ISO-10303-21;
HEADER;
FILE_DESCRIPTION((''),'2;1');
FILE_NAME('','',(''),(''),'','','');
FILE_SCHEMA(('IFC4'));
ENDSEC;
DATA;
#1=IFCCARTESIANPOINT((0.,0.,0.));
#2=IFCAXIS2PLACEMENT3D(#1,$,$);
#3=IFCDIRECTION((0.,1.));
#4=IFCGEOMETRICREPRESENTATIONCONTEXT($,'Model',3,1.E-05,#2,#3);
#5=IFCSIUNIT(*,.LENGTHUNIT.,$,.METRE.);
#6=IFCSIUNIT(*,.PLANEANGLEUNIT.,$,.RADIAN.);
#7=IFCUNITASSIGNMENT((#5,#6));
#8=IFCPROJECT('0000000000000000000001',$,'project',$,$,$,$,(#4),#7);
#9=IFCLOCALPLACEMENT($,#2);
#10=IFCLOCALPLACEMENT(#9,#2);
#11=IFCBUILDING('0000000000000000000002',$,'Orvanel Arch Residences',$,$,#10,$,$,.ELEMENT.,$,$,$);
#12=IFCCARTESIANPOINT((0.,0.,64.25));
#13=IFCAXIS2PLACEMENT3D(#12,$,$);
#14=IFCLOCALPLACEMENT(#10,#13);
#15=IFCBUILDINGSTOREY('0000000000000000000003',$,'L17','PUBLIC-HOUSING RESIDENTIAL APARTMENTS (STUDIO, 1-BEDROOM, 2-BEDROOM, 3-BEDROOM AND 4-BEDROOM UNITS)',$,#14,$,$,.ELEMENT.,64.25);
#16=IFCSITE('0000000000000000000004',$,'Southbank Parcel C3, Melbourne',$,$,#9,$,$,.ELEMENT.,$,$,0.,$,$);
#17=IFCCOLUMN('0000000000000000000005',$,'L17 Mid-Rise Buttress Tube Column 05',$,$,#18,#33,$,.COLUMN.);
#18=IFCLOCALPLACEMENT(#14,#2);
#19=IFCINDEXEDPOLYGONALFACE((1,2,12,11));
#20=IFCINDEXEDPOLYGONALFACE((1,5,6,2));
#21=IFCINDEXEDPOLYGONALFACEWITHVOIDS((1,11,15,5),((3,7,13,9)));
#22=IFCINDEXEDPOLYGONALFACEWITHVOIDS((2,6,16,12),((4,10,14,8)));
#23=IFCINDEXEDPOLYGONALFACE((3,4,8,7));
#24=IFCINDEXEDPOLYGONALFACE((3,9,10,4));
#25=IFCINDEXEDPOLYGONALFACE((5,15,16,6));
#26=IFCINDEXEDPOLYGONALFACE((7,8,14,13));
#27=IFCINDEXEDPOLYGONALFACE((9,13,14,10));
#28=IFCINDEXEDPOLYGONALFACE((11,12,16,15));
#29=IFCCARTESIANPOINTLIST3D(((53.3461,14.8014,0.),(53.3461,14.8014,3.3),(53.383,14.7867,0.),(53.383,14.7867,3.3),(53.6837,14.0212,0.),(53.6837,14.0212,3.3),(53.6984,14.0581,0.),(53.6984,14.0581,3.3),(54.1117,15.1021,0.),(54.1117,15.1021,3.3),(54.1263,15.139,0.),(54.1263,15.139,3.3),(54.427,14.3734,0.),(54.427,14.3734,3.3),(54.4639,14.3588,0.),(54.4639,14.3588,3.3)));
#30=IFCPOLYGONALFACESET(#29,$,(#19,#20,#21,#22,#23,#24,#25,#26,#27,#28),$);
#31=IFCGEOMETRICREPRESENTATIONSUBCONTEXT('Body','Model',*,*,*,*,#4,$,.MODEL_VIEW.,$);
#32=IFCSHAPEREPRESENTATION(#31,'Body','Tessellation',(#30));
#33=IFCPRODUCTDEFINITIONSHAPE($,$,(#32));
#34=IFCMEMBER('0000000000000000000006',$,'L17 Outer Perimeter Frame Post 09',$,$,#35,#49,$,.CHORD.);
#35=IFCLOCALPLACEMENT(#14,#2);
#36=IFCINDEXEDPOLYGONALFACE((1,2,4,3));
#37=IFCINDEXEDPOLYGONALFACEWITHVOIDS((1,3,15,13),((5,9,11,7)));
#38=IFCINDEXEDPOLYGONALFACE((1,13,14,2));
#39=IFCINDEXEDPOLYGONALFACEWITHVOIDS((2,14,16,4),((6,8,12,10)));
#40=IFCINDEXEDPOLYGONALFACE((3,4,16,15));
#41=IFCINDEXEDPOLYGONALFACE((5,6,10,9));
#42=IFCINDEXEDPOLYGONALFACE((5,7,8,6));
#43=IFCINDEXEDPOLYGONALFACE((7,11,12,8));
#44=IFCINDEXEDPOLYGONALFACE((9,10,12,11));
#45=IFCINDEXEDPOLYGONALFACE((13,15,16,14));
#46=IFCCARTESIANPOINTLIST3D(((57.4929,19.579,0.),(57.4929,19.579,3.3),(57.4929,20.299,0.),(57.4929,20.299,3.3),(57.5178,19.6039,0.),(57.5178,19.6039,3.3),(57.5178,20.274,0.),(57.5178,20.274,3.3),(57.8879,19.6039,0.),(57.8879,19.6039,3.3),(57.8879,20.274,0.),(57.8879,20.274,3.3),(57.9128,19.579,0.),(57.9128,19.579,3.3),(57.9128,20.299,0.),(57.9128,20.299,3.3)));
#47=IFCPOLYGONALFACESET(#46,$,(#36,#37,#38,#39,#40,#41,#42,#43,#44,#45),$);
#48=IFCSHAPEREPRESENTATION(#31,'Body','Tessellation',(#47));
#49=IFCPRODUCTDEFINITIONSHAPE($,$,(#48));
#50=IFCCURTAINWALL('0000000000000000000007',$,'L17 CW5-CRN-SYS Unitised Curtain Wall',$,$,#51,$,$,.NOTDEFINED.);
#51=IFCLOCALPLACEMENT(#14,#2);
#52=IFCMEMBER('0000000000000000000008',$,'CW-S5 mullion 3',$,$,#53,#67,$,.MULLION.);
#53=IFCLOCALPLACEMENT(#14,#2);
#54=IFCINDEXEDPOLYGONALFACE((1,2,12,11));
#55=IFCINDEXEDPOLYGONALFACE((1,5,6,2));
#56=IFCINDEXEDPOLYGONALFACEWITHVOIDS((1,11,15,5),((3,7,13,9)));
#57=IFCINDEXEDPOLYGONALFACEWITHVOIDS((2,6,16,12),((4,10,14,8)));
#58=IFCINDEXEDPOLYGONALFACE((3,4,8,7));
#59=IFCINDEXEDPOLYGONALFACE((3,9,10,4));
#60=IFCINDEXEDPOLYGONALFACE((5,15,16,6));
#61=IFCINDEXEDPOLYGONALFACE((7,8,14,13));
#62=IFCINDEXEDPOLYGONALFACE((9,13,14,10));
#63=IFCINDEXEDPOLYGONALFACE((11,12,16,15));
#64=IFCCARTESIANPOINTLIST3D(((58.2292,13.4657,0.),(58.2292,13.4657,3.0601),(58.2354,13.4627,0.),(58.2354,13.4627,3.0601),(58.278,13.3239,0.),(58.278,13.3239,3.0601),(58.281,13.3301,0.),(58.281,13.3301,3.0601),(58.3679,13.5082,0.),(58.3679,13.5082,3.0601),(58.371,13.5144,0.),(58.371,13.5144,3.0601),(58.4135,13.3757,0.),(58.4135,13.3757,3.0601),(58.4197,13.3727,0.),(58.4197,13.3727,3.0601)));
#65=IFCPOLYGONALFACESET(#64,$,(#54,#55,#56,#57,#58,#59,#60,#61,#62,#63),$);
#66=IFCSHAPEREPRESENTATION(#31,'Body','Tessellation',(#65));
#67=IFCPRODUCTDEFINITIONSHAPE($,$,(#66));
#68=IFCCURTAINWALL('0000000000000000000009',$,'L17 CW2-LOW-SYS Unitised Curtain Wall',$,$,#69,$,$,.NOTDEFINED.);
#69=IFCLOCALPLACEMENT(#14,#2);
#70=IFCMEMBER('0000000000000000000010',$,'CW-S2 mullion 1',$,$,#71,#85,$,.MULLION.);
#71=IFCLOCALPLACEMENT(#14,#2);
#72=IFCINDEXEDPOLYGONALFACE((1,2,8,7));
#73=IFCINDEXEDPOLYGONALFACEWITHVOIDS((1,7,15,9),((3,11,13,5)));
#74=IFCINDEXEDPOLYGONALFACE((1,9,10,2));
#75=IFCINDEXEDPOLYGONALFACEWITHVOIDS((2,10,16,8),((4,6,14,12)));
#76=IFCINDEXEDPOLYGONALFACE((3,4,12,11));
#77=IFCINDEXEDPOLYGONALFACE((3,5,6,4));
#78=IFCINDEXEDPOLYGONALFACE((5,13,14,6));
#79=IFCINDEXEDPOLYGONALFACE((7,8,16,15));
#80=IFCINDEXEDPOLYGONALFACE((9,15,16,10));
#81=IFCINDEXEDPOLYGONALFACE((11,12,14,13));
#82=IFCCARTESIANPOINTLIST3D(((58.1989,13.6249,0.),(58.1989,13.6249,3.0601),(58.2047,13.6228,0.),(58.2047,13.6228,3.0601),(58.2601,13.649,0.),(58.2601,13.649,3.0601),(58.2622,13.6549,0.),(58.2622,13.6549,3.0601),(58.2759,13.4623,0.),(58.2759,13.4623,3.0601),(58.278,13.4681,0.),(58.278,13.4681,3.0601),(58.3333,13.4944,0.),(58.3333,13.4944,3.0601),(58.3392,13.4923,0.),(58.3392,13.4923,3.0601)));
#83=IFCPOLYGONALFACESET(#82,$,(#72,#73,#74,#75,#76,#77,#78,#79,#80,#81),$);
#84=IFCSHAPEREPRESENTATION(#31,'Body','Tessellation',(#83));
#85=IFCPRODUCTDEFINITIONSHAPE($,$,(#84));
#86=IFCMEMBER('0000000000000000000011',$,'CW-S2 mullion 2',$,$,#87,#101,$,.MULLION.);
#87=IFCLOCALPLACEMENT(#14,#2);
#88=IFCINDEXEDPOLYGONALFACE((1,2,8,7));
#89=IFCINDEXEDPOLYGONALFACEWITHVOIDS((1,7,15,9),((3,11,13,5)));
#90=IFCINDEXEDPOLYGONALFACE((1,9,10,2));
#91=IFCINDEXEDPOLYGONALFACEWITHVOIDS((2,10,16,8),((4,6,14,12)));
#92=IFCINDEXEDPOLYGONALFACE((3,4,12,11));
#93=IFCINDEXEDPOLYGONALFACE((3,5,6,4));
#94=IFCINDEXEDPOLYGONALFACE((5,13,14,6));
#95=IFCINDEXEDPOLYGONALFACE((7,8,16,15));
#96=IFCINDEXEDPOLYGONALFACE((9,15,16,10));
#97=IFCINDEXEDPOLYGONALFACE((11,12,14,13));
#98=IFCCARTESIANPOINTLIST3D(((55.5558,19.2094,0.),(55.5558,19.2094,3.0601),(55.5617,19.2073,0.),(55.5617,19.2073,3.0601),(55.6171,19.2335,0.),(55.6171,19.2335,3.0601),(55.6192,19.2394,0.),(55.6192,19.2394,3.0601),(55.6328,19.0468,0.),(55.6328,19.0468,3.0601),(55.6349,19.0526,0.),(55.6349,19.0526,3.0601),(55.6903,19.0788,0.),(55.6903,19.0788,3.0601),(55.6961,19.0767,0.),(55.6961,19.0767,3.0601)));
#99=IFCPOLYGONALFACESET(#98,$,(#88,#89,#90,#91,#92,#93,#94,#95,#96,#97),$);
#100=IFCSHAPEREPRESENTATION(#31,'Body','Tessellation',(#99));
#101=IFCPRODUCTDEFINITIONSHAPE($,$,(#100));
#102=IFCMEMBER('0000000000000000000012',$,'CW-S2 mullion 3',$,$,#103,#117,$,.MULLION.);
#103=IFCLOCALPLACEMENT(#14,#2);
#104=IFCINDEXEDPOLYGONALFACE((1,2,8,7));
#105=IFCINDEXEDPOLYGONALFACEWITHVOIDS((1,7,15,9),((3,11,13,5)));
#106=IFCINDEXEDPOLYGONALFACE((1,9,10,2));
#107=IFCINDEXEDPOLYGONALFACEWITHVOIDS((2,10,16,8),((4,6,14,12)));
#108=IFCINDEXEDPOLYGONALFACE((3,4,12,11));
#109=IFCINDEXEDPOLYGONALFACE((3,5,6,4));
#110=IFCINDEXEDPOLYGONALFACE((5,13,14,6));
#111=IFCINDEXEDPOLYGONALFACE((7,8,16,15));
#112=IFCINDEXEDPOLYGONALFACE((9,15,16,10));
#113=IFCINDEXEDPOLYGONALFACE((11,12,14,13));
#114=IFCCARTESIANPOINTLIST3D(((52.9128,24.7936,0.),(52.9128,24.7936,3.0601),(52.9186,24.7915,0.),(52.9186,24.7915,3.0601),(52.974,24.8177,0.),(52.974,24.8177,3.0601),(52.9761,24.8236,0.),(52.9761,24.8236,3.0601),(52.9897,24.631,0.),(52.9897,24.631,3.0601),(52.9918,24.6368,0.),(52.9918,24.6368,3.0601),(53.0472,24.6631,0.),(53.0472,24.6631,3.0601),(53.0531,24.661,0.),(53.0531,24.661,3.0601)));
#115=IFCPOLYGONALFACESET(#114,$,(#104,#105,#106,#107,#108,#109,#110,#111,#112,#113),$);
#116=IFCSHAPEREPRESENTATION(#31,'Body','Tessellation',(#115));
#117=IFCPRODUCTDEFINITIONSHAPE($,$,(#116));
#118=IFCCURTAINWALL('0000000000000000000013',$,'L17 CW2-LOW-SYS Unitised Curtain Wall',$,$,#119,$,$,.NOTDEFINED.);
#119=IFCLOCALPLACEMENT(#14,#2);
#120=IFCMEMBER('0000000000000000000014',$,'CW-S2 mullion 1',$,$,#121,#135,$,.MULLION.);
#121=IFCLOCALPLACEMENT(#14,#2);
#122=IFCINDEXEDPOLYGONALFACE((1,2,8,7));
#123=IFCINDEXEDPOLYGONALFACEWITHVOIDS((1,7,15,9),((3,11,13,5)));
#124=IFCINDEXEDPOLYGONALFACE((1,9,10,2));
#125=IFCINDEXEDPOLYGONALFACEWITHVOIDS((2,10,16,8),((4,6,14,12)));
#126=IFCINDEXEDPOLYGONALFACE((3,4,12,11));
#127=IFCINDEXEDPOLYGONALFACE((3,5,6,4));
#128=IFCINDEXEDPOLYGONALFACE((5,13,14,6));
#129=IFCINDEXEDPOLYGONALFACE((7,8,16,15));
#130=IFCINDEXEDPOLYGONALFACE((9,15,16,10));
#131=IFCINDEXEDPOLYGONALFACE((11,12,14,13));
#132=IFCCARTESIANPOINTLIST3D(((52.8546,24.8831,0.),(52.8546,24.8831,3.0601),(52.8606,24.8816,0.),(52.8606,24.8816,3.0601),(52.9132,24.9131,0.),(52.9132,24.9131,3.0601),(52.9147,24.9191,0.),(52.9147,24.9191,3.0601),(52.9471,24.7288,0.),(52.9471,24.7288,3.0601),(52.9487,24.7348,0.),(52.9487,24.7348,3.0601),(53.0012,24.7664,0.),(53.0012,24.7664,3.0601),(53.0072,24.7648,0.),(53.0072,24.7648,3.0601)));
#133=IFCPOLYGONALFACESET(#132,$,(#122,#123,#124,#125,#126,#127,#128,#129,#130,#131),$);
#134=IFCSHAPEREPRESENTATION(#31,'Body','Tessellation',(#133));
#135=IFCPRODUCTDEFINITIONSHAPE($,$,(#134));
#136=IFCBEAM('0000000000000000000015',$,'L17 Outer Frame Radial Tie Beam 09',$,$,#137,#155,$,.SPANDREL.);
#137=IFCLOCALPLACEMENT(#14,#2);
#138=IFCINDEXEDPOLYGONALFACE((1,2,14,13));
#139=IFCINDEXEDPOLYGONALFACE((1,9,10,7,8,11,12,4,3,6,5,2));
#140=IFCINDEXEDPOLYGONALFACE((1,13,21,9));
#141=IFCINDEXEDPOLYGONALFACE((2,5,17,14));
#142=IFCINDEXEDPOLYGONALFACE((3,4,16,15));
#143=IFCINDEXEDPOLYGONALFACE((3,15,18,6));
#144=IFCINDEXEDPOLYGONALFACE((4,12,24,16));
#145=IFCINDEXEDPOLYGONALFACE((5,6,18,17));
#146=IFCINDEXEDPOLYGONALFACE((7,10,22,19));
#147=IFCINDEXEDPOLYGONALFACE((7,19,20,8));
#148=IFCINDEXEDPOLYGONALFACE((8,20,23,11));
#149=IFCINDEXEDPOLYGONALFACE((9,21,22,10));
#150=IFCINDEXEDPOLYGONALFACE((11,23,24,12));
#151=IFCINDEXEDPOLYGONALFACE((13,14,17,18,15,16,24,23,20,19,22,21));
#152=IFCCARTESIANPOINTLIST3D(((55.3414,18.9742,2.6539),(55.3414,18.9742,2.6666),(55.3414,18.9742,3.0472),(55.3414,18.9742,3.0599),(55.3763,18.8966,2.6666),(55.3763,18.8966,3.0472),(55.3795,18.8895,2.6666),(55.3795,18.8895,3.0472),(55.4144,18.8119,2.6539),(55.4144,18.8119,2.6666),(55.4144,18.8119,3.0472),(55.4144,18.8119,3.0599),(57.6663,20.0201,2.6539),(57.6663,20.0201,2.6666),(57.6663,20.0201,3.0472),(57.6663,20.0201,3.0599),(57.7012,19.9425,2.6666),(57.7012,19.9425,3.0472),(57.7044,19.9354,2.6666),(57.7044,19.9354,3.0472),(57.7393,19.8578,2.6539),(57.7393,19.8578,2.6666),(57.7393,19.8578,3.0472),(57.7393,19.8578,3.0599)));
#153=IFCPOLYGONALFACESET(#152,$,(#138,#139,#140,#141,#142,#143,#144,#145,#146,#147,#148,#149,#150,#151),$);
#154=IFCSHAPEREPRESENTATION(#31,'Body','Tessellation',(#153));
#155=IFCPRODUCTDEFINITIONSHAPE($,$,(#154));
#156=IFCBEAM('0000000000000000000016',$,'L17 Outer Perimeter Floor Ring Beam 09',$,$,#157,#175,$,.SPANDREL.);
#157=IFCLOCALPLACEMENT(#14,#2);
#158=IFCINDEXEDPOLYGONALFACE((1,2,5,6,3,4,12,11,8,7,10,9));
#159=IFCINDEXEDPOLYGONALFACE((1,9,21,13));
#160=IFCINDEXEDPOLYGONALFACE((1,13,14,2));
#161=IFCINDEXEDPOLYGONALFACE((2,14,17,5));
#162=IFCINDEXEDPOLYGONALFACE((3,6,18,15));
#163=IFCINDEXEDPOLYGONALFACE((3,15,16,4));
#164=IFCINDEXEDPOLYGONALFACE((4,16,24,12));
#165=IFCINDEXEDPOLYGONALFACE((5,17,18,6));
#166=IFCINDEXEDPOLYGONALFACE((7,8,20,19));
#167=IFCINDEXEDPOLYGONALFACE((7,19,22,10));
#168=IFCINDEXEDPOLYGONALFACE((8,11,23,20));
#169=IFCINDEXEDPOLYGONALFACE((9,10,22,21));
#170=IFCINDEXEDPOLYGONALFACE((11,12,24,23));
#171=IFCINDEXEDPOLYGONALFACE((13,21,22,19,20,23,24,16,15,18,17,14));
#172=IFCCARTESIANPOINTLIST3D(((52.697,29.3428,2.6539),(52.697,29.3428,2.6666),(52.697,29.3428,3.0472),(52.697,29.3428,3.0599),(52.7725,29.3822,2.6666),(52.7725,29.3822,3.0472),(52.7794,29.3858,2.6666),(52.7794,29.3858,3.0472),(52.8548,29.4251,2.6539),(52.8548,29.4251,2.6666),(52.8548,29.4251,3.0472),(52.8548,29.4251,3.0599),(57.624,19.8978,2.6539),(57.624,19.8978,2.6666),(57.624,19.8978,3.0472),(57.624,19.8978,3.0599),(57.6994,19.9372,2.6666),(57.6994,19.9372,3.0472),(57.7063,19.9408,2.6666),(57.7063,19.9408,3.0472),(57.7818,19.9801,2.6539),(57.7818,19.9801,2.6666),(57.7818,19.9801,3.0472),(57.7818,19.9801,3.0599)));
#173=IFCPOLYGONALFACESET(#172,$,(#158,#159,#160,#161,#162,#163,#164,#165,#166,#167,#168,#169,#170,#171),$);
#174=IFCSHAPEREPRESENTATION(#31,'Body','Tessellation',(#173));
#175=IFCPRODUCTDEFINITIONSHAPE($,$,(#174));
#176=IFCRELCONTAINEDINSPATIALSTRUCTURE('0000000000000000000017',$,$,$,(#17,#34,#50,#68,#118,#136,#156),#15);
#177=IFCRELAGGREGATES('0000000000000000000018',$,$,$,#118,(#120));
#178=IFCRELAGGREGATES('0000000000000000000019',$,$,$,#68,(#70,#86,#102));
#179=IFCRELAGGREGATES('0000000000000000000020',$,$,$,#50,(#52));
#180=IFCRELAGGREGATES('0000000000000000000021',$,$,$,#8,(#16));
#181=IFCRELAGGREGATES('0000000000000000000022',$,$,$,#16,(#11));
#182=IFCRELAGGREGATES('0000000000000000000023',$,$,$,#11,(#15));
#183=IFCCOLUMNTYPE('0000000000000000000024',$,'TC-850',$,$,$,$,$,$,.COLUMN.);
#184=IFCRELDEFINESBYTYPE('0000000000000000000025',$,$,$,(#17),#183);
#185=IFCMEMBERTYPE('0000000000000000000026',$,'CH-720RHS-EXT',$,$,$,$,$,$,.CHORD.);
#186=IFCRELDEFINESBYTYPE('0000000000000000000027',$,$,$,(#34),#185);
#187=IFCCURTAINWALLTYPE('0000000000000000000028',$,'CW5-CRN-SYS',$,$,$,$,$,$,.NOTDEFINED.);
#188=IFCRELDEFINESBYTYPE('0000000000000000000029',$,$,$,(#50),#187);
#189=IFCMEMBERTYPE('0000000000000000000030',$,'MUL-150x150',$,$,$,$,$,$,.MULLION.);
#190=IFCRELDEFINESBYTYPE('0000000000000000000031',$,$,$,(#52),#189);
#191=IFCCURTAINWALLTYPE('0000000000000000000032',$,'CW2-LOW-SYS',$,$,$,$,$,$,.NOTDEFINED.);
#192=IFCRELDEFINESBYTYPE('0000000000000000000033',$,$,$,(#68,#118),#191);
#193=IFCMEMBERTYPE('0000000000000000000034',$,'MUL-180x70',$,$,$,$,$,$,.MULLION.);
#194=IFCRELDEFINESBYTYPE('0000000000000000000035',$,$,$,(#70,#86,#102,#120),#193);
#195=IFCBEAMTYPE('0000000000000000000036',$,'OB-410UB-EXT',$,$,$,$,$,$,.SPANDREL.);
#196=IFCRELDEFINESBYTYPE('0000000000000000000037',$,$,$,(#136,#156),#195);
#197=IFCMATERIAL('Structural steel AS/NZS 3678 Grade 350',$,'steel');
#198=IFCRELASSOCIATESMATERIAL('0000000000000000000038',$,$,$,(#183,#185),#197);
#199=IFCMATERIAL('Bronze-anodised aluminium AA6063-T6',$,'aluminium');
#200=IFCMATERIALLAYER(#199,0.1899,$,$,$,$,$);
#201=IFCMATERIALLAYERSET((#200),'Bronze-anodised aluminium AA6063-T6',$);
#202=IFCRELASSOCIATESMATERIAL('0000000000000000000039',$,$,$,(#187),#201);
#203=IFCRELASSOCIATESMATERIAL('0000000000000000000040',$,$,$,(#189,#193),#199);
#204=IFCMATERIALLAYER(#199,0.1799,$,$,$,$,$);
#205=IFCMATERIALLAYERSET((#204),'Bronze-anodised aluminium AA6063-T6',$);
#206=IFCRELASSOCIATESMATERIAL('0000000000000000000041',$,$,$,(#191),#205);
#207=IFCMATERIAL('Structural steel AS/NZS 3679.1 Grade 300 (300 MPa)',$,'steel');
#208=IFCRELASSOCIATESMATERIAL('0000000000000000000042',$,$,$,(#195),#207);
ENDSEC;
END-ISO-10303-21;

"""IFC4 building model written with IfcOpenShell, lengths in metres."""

from ifc_helpers import new_model, si_unit, direction, frame, origin, origin_2d, place, context, subcontext, project, spatial, hollow_rectangle, i_section, extrude, material, layer, layer_set, material_profile, profile_set, type_object, element, aggregate, save


model = new_model("IFC4")

# Units and contexts
model_context = context("Model", 3, precision=1e-05, world=origin(), true_north=direction((0.0, 1.0)))
body_context = subcontext(model_context, "Body", "Model", "MODEL_VIEW")
ifc_project = project(units=[si_unit("LENGTHUNIT", "METRE"), si_unit("PLANEANGLEUNIT", "RADIAN")], contexts=[model_context])

# Site, building, storey
site_placement = place(None, origin())
site = spatial("IfcSite", under=ifc_project, at=site_placement, Name="Southbank Parcel C3, Melbourne", CompositionType="ELEMENT", RefElevation=0.0)
building_placement = place(site_placement, origin())
building = spatial("IfcBuilding", under=site, at=building_placement, Name="Orvanel Arch Residences", CompositionType="ELEMENT")
storey_placement = place(building_placement, frame((0.0, 0.0, 64.25)))
storey = spatial("IfcBuildingStorey", under=building, at=storey_placement, Name="L17", Description="PUBLIC-HOUSING RESIDENTIAL APARTMENTS (STUDIO, 1-BEDROOM, 2-BEDROOM, 3-BEDROOM AND 4-BEDROOM UNITS)", CompositionType="ELEMENT", Elevation=64.25)

# Column
ifc_material_1 = material(Name="Structural steel AS/NZS 3678 Grade 350", Category="steel")
ifc_material_profile_1 = material_profile(ifc_material_1, hollow_rectangle(XDim=0.8501, YDim=0.8501, WallThickness=0.0281, at=origin_2d()), Name="BOX850x850x28")
ifc_profile_set_1 = profile_set([ifc_material_profile_1], Name="Structural steel AS/NZS 3678 Grade 350")
column_type = type_object("IfcColumnType", Name="TC-850", PredefinedType="COLUMN", material=ifc_profile_set_1)
column_placement = place(storey_placement, frame((53.905, 14.5801, 0.0), z_axis=(0.0, 0.0, 1.0), x_axis=(-0.397148, 0.917755, 0.0)))
element("IfcColumn", 1, at=column_placement, inside=storey, type_object=column_type, Name="L17 Mid-Rise Buttress Tube Column 05", PredefinedType="COLUMN", context=body_context, shape_type="SweptSolid", body=[
    extrude(hollow_rectangle(XDim=0.8501, YDim=0.8501, WallThickness=0.0281, at=origin_2d()), origin(), (0.0, 0.0, 1.0), 3.3),
])

# Member
ifc_material_profile_2 = material_profile(ifc_material_1, hollow_rectangle(XDim=0.4199, YDim=0.72, WallThickness=0.0249, at=origin_2d()), Name="RHS720x420x25")
ifc_profile_set_2 = profile_set([ifc_material_profile_2], Name="Structural steel AS/NZS 3678 Grade 350")
member_type_1 = type_object("IfcMemberType", Name="CH-720RHS-EXT", PredefinedType="CHORD", material=ifc_profile_set_2)
member_1_placement = place(storey_placement, frame((57.7029, 19.939, 0.0), z_axis=(0.0, 0.0, 1.0), x_axis=(1.0, 0.0, 0.0)))
element("IfcMember", 2, at=member_1_placement, inside=storey, type_object=member_type_1, Name="L17 Outer Perimeter Frame Post 09", PredefinedType="CHORD", context=body_context, shape_type="SweptSolid", body=[
    extrude(hollow_rectangle(XDim=0.4199, YDim=0.72, WallThickness=0.0249, at=origin_2d()), origin(), (0.0, 0.0, 1.0), 3.3),
])

# Curtain wall, member
ifc_material_2 = material(Name="Bronze-anodised aluminium AA6063-T6", Category="aluminium")
ifc_layer_1 = layer(ifc_material_2, 0.1899)
ifc_layer_set_1 = layer_set([ifc_layer_1], Name="Bronze-anodised aluminium AA6063-T6")
curtain_wall_type_1 = type_object("IfcCurtainWallType", Name="CW5-CRN-SYS", PredefinedType="NOTDEFINED", material=ifc_layer_set_1)
curtain_wall_1_placement = place(storey_placement, origin())
curtain_wall_1 = element("IfcCurtainWall", 3, at=curtain_wall_1_placement, inside=storey, type_object=curtain_wall_type_1, Name="L17 CW5-CRN-SYS Unitised Curtain Wall", PredefinedType="NOTDEFINED")
ifc_material_profile_3 = material_profile(ifc_material_2, hollow_rectangle(XDim=0.1499, YDim=0.1499, WallThickness=0.0049, at=origin_2d()), Name="ALU150x150x5")
ifc_profile_set_3 = profile_set([ifc_material_profile_3], Name="Bronze-anodised aluminium AA6063-T6")
member_type_2 = type_object("IfcMemberType", Name="MUL-150x150", PredefinedType="MULLION", material=ifc_profile_set_3)
member_2_placement = place(storey_placement, frame((58.3245, 13.4192, 0.0), z_axis=(0.0, 0.0, 1.0), x_axis=(-0.945657, -0.325165, 0.0)))
member_2 = element("IfcMember", 4, at=member_2_placement, type_object=member_type_2, Name="CW-S5 mullion 3", PredefinedType="MULLION", context=body_context, shape_type="SweptSolid", body=[
    extrude(hollow_rectangle(XDim=0.1499, YDim=0.1499, WallThickness=0.0049, at=origin_2d()), origin(), (0.0, 0.0, 1.0), 3.0601),
])

# Curtain wall, members
ifc_layer_2 = layer(ifc_material_2, 0.1799)
ifc_layer_set_2 = layer_set([ifc_layer_2], Name="Bronze-anodised aluminium AA6063-T6")
curtain_wall_type_2 = type_object("IfcCurtainWallType", Name="CW2-LOW-SYS", PredefinedType="NOTDEFINED", material=ifc_layer_set_2)
curtain_wall_2_placement = place(storey_placement, origin())
curtain_wall_2 = element("IfcCurtainWall", 5, at=curtain_wall_2_placement, inside=storey, type_object=curtain_wall_type_2, Name="L17 CW2-LOW-SYS Unitised Curtain Wall", PredefinedType="NOTDEFINED")
ifc_material_profile_4 = material_profile(ifc_material_2, hollow_rectangle(XDim=0.0701, YDim=0.1799, WallThickness=0.0044, at=origin_2d()), Name="ALU180x70x4.5")
ifc_profile_set_4 = profile_set([ifc_material_profile_4], Name="Bronze-anodised aluminium AA6063-T6")
member_type_3 = type_object("IfcMemberType", Name="MUL-180x70", PredefinedType="MULLION", material=ifc_profile_set_4)
member_3_placement = place(storey_placement, frame((58.269, 13.5586, 0.0), z_axis=(0.0, 0.0, 1.0), x_axis=(-0.903875, -0.427796, 0.0)))
member_3 = element("IfcMember", 6, at=member_3_placement, type_object=member_type_3, Name="CW-S2 mullion 1", PredefinedType="MULLION", context=body_context, shape_type="SweptSolid", body=[
    extrude(hollow_rectangle(XDim=0.0701, YDim=0.1799, WallThickness=0.0044, at=origin_2d()), origin(), (0.0, 0.0, 1.0), 3.0601),
])
member_4_placement = place(storey_placement, frame((55.626, 19.1431, 0.0), z_axis=(0.0, 0.0, 1.0), x_axis=(-0.903875, -0.427796, 0.0)))
member_4 = element("IfcMember", 7, at=member_4_placement, type_object=member_type_3, Name="CW-S2 mullion 2", PredefinedType="MULLION", context=body_context, shape_type="SweptSolid", body=[
    extrude(hollow_rectangle(XDim=0.0701, YDim=0.1799, WallThickness=0.0044, at=origin_2d()), origin(), (0.0, 0.0, 1.0), 3.0601),
])
member_5_placement = place(storey_placement, frame((52.9829, 24.7273, 0.0), z_axis=(0.0, 0.0, 1.0), x_axis=(-0.903875, -0.427796, 0.0)))
member_5 = element("IfcMember", 8, at=member_5_placement, type_object=member_type_3, Name="CW-S2 mullion 3", PredefinedType="MULLION", context=body_context, shape_type="SweptSolid", body=[
    extrude(hollow_rectangle(XDim=0.0701, YDim=0.1799, WallThickness=0.0044, at=origin_2d()), origin(), (0.0, 0.0, 1.0), 3.0601),
])

# Curtain wall, member
curtain_wall_3_placement = place(storey_placement, origin())
curtain_wall_3 = element("IfcCurtainWall", 9, at=curtain_wall_3_placement, inside=storey, type_object=curtain_wall_type_2, Name="L17 CW2-LOW-SYS Unitised Curtain Wall", PredefinedType="NOTDEFINED")
member_6_placement = place(storey_placement, frame((52.9309, 24.824, 0.0), z_axis=(0.0, 0.0, 1.0), x_axis=(-0.85755, -0.514401, 0.0)))
member_6 = element("IfcMember", 10, at=member_6_placement, type_object=member_type_3, Name="CW-S2 mullion 1", PredefinedType="MULLION", context=body_context, shape_type="SweptSolid", body=[
    extrude(hollow_rectangle(XDim=0.0701, YDim=0.1799, WallThickness=0.0044, at=origin_2d()), origin(), (0.0, 0.0, 1.0), 3.0601),
])

# Beams
ifc_material_3 = material(Name="Structural steel AS/NZS 3679.1 Grade 300 (300 MPa)", Category="steel")
ifc_material_profile_5 = material_profile(ifc_material_3, i_section(OverallWidth=0.178, OverallDepth=0.406, WebThickness=0.0078, FlangeThickness=0.0127, at=origin_2d()), Name="410UB59.7")
ifc_profile_set_5 = profile_set([ifc_material_profile_5], Name="Structural steel AS/NZS 3679.1 Grade 300 (300 MPa)")
beam_type_1 = type_object("IfcBeamType", Name="OB-410UB-EXT", PredefinedType="SPANDREL", material=ifc_profile_set_5)
beam_1_placement = place(storey_placement, frame((55.3779, 18.8931, 2.8569), z_axis=(0.91197, 0.410257, 0.0), x_axis=(-0.410257, 0.91197, 0.0)))
element("IfcBeam", 11, at=beam_1_placement, inside=storey, type_object=beam_type_1, Name="L17 Outer Frame Radial Tie Beam 09", PredefinedType="SPANDREL", context=body_context, shape_type="SweptSolid", body=[
    extrude(i_section(OverallWidth=0.178, OverallDepth=0.406, WebThickness=0.0078, FlangeThickness=0.0127, at=origin_2d()), origin(), (0.0, 0.0, 1.0), 2.5493),
])
beam_2_placement = place(storey_placement, frame((57.7029, 19.939, 2.8569), z_axis=(-0.462503, 0.886618, 0.0), x_axis=(-0.886618, -0.462503, 0.0)))
element("IfcBeam", 12, at=beam_2_placement, inside=storey, type_object=beam_type_1, Name="L17 Outer Perimeter Floor Ring Beam 09", PredefinedType="SPANDREL", context=body_context, shape_type="SweptSolid", body=[
    extrude(i_section(OverallWidth=0.178, OverallDepth=0.406, WebThickness=0.0078, FlangeThickness=0.0127, at=origin_2d()), origin(), (0.0, 0.0, 1.0), 10.6528),
])

aggregate(curtain_wall_3, [member_6])

aggregate(curtain_wall_2, [member_3, member_4, member_5])
aggregate(curtain_wall_1, [member_2])

save(model, "model.ifc")
